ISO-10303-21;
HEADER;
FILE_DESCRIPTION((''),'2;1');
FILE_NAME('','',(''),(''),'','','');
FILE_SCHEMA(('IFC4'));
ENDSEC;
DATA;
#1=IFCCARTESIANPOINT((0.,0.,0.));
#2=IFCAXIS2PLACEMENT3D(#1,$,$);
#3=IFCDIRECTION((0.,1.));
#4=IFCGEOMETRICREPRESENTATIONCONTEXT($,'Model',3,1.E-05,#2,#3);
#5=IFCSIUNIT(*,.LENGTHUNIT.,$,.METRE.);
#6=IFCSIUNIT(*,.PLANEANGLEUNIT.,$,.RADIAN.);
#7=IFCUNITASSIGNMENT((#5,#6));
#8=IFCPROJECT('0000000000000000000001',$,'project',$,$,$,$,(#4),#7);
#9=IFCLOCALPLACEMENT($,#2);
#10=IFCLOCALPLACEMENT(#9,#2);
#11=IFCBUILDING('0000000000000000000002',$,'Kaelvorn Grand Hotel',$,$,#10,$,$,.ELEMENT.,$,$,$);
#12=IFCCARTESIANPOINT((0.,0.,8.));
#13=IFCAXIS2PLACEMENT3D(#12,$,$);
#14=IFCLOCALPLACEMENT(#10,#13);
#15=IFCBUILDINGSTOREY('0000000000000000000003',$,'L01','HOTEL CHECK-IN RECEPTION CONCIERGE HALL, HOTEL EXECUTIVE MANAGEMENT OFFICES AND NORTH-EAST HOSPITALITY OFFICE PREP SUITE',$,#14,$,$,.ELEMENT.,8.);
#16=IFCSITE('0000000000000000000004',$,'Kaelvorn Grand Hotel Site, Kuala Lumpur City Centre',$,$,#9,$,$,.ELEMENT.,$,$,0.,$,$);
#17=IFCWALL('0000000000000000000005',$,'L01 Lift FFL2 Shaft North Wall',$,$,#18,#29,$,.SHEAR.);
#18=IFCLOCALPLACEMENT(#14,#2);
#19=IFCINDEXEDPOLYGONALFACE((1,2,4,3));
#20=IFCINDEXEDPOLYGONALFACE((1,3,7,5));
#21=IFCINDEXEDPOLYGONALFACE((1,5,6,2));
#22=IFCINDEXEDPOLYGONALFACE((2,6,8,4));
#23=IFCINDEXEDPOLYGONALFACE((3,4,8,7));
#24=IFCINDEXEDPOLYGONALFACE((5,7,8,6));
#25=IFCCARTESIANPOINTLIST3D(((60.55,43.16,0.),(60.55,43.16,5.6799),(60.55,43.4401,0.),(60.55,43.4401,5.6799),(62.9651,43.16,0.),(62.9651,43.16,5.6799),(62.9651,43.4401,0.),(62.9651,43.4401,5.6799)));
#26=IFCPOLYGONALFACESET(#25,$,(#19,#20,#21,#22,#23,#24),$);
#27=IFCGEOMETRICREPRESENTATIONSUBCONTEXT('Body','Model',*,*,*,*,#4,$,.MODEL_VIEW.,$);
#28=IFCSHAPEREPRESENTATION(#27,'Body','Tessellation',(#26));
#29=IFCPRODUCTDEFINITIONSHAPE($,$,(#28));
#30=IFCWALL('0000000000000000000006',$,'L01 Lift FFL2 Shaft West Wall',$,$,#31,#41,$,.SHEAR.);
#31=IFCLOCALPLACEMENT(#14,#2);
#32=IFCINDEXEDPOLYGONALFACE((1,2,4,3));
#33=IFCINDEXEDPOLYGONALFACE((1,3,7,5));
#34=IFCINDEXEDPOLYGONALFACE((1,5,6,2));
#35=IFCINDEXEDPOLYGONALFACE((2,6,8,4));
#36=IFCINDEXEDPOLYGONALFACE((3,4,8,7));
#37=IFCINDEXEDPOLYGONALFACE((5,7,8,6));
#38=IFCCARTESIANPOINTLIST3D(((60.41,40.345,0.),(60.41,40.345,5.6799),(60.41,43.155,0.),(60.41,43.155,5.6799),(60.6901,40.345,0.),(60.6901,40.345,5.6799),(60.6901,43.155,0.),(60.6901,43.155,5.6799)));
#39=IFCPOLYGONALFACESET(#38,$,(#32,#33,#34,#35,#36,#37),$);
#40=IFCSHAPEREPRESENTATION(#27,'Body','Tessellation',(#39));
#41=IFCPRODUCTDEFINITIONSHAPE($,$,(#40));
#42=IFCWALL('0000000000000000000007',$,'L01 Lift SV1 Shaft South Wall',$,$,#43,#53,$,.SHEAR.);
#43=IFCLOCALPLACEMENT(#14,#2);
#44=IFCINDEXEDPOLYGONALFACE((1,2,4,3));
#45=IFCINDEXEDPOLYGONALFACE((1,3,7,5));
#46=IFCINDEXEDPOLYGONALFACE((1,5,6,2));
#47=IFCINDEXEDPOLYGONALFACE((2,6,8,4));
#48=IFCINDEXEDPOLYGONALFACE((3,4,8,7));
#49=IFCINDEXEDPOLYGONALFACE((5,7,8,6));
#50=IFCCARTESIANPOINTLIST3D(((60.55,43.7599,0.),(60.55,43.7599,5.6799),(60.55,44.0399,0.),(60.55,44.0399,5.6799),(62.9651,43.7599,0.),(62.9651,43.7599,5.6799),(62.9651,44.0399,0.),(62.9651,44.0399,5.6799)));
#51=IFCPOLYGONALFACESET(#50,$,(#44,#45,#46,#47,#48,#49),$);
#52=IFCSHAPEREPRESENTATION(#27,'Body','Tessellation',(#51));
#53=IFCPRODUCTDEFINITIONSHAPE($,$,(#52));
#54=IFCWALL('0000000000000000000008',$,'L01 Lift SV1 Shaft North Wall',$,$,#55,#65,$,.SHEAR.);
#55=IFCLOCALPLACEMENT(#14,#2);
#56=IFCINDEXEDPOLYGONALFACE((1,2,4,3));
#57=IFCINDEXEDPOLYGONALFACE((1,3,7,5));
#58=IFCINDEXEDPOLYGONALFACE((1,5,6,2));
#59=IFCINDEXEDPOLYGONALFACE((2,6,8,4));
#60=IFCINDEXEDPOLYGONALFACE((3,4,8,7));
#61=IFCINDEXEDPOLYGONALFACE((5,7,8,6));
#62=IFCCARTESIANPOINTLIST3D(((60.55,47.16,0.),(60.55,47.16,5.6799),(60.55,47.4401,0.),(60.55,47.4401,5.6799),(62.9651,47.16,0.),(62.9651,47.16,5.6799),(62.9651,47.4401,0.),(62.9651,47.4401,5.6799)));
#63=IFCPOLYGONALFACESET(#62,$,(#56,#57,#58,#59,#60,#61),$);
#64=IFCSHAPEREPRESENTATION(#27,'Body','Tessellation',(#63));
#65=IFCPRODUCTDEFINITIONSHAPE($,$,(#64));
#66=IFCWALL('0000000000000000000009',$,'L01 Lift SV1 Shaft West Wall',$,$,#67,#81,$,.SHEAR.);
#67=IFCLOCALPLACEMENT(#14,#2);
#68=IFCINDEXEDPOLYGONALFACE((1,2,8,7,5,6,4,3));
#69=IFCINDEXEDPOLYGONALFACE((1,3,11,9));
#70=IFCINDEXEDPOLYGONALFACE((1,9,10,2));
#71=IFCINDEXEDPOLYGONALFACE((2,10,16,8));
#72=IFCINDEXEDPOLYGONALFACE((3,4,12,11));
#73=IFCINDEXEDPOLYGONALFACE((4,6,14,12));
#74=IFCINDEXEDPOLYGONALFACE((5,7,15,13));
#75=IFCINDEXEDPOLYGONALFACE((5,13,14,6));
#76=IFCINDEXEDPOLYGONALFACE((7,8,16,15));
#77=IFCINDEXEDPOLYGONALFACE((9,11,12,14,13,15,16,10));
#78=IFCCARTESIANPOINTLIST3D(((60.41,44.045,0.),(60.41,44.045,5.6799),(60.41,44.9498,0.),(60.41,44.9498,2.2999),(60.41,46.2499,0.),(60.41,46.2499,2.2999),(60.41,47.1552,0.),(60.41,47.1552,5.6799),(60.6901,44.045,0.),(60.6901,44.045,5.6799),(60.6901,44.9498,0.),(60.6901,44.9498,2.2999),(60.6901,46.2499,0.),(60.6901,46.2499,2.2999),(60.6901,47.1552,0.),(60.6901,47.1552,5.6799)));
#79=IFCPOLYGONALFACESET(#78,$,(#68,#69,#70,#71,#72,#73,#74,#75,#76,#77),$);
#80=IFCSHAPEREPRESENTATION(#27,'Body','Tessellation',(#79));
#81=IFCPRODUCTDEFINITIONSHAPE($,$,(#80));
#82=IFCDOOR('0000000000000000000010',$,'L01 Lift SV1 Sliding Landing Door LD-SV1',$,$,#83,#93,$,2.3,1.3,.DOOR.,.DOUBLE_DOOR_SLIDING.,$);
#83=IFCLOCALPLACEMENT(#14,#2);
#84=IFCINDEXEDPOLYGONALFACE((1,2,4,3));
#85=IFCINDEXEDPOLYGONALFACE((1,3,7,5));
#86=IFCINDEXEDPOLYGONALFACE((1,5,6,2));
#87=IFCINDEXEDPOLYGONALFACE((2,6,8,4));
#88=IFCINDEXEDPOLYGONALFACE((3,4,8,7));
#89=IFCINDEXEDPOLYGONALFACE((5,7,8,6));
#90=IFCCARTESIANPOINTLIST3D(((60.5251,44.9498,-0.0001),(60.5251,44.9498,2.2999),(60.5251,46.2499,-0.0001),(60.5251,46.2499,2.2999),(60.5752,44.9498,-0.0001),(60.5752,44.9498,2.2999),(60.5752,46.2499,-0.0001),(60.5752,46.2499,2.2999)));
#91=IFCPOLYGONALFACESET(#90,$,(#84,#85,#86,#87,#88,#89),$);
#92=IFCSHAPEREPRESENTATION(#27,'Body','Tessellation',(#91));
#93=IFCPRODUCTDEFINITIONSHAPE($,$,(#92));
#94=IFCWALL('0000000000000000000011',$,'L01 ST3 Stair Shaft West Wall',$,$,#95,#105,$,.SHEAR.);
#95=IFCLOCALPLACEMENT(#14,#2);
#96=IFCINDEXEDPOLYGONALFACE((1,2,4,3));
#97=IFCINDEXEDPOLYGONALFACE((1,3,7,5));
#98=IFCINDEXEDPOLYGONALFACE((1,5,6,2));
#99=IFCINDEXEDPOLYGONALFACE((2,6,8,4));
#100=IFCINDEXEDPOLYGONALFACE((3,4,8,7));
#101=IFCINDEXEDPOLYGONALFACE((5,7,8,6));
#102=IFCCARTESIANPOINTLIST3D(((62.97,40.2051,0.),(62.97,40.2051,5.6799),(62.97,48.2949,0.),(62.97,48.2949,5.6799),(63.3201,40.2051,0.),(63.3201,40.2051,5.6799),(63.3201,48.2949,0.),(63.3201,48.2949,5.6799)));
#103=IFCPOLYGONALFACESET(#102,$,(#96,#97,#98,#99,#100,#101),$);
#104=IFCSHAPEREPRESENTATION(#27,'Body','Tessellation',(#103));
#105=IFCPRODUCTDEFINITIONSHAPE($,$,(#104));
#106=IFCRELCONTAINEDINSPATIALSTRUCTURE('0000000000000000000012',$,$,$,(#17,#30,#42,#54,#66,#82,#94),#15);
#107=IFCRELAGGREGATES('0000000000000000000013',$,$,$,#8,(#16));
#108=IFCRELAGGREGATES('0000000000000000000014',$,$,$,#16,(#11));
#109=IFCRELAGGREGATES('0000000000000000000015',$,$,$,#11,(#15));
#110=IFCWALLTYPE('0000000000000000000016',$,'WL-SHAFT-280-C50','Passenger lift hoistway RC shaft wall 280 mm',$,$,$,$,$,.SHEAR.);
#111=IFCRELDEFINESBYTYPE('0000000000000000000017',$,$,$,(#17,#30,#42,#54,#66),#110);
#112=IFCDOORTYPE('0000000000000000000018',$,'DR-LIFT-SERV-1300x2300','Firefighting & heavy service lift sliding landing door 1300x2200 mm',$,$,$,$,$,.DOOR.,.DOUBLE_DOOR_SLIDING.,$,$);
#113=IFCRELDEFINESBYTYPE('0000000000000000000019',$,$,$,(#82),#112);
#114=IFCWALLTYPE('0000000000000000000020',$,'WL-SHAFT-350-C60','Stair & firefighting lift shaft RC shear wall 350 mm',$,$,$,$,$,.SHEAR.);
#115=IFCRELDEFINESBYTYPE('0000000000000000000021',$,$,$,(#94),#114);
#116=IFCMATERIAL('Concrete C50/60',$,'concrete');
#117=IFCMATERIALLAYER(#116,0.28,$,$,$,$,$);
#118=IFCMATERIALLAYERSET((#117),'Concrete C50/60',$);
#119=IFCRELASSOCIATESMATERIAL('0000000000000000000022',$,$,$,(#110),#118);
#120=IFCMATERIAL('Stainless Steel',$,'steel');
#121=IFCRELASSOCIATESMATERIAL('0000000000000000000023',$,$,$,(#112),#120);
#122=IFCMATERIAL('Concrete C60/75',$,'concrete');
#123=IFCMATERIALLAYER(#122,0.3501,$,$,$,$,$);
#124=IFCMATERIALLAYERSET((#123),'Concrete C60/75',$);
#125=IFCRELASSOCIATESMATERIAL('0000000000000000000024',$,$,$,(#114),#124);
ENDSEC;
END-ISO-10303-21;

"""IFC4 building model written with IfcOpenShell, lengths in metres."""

from ifc_helpers import new_model, si_unit, direction, frame, frame_2d, origin, place, context, subcontext, project, spatial, rectangle, extrude, material, layer, layer_set, type_object, element, fill, save


model = new_model("IFC4")

# Units and contexts
model_context = context("Model", 3, precision=1e-05, world=origin(), true_north=direction((0.0, 1.0)))
body_context = subcontext(model_context, "Body", "Model", "MODEL_VIEW")
ifc_project = project(units=[si_unit("LENGTHUNIT", "METRE"), si_unit("PLANEANGLEUNIT", "RADIAN")], contexts=[model_context])

# Site, building, storey
site_placement = place(None, origin())
site = spatial("IfcSite", under=ifc_project, at=site_placement, Name="Kaelvorn Grand Hotel Site, Kuala Lumpur City Centre", CompositionType="ELEMENT", RefElevation=0.0)
building_placement = place(site_placement, origin())
building = spatial("IfcBuilding", under=site, at=building_placement, Name="Kaelvorn Grand Hotel", CompositionType="ELEMENT")
storey_placement = place(building_placement, frame((0.0, 0.0, 8.0)))
storey = spatial("IfcBuildingStorey", under=building, at=storey_placement, Name="L01", Description="HOTEL CHECK-IN RECEPTION CONCIERGE HALL, HOTEL EXECUTIVE MANAGEMENT OFFICES AND NORTH-EAST HOSPITALITY OFFICE PREP SUITE", CompositionType="ELEMENT", Elevation=8.0)

# Shared definitions
ifc_material_1 = material(Name="Concrete C50/60", Category="concrete")

# Walls
ifc_layer_1 = layer(ifc_material_1, 0.28)
ifc_layer_set_1 = layer_set([ifc_layer_1], Name="Concrete C50/60")
wall_type_1 = type_object("IfcWallType", Name="WL-SHAFT-280-C50", Description="Passenger lift hoistway RC shaft wall 280 mm", PredefinedType="SHEAR", material=ifc_layer_set_1)
wall_1_placement = place(storey_placement, frame((60.55, 43.3, 0.0), z_axis=(0.0, 0.0, 1.0), x_axis=(1.0, 0.0, 0.0)))
element("IfcWall", 1, at=wall_1_placement, inside=storey, type_object=wall_type_1, Name="L01 Lift FFL2 Shaft North Wall", PredefinedType="SHEAR", context=body_context, shape_type="SweptSolid", body=[
    extrude(rectangle(XDim=2.415, YDim=0.28, at=frame_2d((1.2075, 0.0))), origin(), (0.0, 0.0, 1.0), 5.6799),
])
wall_2_placement = place(storey_placement, frame((60.55, 40.345, 0.0), z_axis=(0.0, 0.0, 1.0), x_axis=(0.0, 1.0, 0.0)))
element("IfcWall", 2, at=wall_2_placement, inside=storey, type_object=wall_type_1, Name="L01 Lift FFL2 Shaft West Wall", PredefinedType="SHEAR", context=body_context, shape_type="SweptSolid", body=[
    extrude(rectangle(XDim=2.8101, YDim=0.28, at=frame_2d((1.405, 0.0))), origin(), (0.0, 0.0, 1.0), 5.6799),
])
for number, where, z_axis, x_axis, name in (
    (3, (60.55, 43.8999, 0.0), (0.0, 0.0, 1.0), (1.0, 0.0, 0.0), "L01 Lift SV1 Shaft South Wall"),
    (4, (60.55, 47.3, 0.0), (0.0, 0.0, 1.0), (1.0, 0.0, 0.0), "L01 Lift SV1 Shaft North Wall"),
):
    element("IfcWall", number, at=place(storey_placement, frame(where, z_axis=z_axis, x_axis=x_axis)), inside=storey, type_object=wall_type_1, Name=name, PredefinedType="SHEAR", context=body_context, shape_type="SweptSolid", body=[
        extrude(rectangle(XDim=2.415, YDim=0.28, at=frame_2d((1.2075, 0.0))), origin(), (0.0, 0.0, 1.0), 5.6799),
    ])

# Wall, opening, door
wall_3_placement = place(storey_placement, frame((60.55, 44.0449, 0.0), z_axis=(0.0, 0.0, 1.0), x_axis=(0.0, 1.0, 0.0)))
wall_3 = element("IfcWall", 5, at=wall_3_placement, inside=storey, type_object=wall_type_1, Name="L01 Lift SV1 Shaft West Wall", PredefinedType="SHEAR", context=body_context, shape_type="SweptSolid", body=[
    extrude(rectangle(XDim=3.1101, YDim=0.28, at=frame_2d((1.5552, 0.0))), origin(), (0.0, 0.0, 1.0), 5.6799),
])
opening_1_placement = place(wall_3_placement, frame((0.905, 0.0, 0.0)))
opening_1 = element("IfcOpeningElement", 6, at=opening_1_placement, cuts=wall_3, PredefinedType="OPENING", context=body_context, shape_type="SweptSolid", body=[
    extrude(rectangle(XDim=1.3, YDim=2.3, at=frame_2d((0.6499, 1.1499))), frame((0.0, 0.1499, 0.0), z_axis=(0.0, -1.0, 0.0), x_axis=(1.0, 0.0, 0.0)), (0.0, 0.0, 1.0), 0.3),
])
ifc_material_2 = material(Name="Stainless Steel", Category="steel")
door_type_1 = type_object("IfcDoorType", Name="DR-LIFT-SERV-1300x2300", Description="Firefighting & heavy service lift sliding landing door 1300x2200 mm", OperationType="DOUBLE_DOOR_SLIDING", PredefinedType="DOOR", material=ifc_material_2)
door_1_placement = place(opening_1_placement, origin())
door_1 = element("IfcDoor", 7, at=door_1_placement, inside=storey, type_object=door_type_1, Name="L01 Lift SV1 Sliding Landing Door LD-SV1", OperationType="DOUBLE_DOOR_SLIDING", OverallHeight=2.3, OverallWidth=1.3, PredefinedType="DOOR", context=body_context, shape_type="SweptSolid", body=[
    extrude(rectangle(XDim=1.3, YDim=2.3, at=frame_2d((0.6499, 1.1499))), frame((0.0, 0.0249, 0.0), z_axis=(0.0, -1.0, 0.0), x_axis=(1.0, 0.0, 0.0)), (0.0, 0.0, 1.0), 0.05),
])
fill(opening_1, door_1)

# Wall
ifc_material_3 = material(Name="Concrete C60/75", Category="concrete")
ifc_layer_2 = layer(ifc_material_3, 0.3501)
ifc_layer_set_2 = layer_set([ifc_layer_2], Name="Concrete C60/75")
wall_type_2 = type_object("IfcWallType", Name="WL-SHAFT-350-C60", Description="Stair & firefighting lift shaft RC shear wall 350 mm", PredefinedType="SHEAR", material=ifc_layer_set_2)
wall_4_placement = place(storey_placement, frame((63.145, 40.2051, 0.0), z_axis=(0.0, 0.0, 1.0), x_axis=(0.0, 1.0, 0.0)))
element("IfcWall", 8, at=wall_4_placement, inside=storey, type_object=wall_type_2, Name="L01 ST3 Stair Shaft West Wall", PredefinedType="SHEAR", context=body_context, shape_type="SweptSolid", body=[
    extrude(rectangle(XDim=8.0898, YDim=0.3501, at=frame_2d((4.0449, 0.0))), origin(), (0.0, 0.0, 1.0), 5.6799),
])

save(model, "model.ifc")
